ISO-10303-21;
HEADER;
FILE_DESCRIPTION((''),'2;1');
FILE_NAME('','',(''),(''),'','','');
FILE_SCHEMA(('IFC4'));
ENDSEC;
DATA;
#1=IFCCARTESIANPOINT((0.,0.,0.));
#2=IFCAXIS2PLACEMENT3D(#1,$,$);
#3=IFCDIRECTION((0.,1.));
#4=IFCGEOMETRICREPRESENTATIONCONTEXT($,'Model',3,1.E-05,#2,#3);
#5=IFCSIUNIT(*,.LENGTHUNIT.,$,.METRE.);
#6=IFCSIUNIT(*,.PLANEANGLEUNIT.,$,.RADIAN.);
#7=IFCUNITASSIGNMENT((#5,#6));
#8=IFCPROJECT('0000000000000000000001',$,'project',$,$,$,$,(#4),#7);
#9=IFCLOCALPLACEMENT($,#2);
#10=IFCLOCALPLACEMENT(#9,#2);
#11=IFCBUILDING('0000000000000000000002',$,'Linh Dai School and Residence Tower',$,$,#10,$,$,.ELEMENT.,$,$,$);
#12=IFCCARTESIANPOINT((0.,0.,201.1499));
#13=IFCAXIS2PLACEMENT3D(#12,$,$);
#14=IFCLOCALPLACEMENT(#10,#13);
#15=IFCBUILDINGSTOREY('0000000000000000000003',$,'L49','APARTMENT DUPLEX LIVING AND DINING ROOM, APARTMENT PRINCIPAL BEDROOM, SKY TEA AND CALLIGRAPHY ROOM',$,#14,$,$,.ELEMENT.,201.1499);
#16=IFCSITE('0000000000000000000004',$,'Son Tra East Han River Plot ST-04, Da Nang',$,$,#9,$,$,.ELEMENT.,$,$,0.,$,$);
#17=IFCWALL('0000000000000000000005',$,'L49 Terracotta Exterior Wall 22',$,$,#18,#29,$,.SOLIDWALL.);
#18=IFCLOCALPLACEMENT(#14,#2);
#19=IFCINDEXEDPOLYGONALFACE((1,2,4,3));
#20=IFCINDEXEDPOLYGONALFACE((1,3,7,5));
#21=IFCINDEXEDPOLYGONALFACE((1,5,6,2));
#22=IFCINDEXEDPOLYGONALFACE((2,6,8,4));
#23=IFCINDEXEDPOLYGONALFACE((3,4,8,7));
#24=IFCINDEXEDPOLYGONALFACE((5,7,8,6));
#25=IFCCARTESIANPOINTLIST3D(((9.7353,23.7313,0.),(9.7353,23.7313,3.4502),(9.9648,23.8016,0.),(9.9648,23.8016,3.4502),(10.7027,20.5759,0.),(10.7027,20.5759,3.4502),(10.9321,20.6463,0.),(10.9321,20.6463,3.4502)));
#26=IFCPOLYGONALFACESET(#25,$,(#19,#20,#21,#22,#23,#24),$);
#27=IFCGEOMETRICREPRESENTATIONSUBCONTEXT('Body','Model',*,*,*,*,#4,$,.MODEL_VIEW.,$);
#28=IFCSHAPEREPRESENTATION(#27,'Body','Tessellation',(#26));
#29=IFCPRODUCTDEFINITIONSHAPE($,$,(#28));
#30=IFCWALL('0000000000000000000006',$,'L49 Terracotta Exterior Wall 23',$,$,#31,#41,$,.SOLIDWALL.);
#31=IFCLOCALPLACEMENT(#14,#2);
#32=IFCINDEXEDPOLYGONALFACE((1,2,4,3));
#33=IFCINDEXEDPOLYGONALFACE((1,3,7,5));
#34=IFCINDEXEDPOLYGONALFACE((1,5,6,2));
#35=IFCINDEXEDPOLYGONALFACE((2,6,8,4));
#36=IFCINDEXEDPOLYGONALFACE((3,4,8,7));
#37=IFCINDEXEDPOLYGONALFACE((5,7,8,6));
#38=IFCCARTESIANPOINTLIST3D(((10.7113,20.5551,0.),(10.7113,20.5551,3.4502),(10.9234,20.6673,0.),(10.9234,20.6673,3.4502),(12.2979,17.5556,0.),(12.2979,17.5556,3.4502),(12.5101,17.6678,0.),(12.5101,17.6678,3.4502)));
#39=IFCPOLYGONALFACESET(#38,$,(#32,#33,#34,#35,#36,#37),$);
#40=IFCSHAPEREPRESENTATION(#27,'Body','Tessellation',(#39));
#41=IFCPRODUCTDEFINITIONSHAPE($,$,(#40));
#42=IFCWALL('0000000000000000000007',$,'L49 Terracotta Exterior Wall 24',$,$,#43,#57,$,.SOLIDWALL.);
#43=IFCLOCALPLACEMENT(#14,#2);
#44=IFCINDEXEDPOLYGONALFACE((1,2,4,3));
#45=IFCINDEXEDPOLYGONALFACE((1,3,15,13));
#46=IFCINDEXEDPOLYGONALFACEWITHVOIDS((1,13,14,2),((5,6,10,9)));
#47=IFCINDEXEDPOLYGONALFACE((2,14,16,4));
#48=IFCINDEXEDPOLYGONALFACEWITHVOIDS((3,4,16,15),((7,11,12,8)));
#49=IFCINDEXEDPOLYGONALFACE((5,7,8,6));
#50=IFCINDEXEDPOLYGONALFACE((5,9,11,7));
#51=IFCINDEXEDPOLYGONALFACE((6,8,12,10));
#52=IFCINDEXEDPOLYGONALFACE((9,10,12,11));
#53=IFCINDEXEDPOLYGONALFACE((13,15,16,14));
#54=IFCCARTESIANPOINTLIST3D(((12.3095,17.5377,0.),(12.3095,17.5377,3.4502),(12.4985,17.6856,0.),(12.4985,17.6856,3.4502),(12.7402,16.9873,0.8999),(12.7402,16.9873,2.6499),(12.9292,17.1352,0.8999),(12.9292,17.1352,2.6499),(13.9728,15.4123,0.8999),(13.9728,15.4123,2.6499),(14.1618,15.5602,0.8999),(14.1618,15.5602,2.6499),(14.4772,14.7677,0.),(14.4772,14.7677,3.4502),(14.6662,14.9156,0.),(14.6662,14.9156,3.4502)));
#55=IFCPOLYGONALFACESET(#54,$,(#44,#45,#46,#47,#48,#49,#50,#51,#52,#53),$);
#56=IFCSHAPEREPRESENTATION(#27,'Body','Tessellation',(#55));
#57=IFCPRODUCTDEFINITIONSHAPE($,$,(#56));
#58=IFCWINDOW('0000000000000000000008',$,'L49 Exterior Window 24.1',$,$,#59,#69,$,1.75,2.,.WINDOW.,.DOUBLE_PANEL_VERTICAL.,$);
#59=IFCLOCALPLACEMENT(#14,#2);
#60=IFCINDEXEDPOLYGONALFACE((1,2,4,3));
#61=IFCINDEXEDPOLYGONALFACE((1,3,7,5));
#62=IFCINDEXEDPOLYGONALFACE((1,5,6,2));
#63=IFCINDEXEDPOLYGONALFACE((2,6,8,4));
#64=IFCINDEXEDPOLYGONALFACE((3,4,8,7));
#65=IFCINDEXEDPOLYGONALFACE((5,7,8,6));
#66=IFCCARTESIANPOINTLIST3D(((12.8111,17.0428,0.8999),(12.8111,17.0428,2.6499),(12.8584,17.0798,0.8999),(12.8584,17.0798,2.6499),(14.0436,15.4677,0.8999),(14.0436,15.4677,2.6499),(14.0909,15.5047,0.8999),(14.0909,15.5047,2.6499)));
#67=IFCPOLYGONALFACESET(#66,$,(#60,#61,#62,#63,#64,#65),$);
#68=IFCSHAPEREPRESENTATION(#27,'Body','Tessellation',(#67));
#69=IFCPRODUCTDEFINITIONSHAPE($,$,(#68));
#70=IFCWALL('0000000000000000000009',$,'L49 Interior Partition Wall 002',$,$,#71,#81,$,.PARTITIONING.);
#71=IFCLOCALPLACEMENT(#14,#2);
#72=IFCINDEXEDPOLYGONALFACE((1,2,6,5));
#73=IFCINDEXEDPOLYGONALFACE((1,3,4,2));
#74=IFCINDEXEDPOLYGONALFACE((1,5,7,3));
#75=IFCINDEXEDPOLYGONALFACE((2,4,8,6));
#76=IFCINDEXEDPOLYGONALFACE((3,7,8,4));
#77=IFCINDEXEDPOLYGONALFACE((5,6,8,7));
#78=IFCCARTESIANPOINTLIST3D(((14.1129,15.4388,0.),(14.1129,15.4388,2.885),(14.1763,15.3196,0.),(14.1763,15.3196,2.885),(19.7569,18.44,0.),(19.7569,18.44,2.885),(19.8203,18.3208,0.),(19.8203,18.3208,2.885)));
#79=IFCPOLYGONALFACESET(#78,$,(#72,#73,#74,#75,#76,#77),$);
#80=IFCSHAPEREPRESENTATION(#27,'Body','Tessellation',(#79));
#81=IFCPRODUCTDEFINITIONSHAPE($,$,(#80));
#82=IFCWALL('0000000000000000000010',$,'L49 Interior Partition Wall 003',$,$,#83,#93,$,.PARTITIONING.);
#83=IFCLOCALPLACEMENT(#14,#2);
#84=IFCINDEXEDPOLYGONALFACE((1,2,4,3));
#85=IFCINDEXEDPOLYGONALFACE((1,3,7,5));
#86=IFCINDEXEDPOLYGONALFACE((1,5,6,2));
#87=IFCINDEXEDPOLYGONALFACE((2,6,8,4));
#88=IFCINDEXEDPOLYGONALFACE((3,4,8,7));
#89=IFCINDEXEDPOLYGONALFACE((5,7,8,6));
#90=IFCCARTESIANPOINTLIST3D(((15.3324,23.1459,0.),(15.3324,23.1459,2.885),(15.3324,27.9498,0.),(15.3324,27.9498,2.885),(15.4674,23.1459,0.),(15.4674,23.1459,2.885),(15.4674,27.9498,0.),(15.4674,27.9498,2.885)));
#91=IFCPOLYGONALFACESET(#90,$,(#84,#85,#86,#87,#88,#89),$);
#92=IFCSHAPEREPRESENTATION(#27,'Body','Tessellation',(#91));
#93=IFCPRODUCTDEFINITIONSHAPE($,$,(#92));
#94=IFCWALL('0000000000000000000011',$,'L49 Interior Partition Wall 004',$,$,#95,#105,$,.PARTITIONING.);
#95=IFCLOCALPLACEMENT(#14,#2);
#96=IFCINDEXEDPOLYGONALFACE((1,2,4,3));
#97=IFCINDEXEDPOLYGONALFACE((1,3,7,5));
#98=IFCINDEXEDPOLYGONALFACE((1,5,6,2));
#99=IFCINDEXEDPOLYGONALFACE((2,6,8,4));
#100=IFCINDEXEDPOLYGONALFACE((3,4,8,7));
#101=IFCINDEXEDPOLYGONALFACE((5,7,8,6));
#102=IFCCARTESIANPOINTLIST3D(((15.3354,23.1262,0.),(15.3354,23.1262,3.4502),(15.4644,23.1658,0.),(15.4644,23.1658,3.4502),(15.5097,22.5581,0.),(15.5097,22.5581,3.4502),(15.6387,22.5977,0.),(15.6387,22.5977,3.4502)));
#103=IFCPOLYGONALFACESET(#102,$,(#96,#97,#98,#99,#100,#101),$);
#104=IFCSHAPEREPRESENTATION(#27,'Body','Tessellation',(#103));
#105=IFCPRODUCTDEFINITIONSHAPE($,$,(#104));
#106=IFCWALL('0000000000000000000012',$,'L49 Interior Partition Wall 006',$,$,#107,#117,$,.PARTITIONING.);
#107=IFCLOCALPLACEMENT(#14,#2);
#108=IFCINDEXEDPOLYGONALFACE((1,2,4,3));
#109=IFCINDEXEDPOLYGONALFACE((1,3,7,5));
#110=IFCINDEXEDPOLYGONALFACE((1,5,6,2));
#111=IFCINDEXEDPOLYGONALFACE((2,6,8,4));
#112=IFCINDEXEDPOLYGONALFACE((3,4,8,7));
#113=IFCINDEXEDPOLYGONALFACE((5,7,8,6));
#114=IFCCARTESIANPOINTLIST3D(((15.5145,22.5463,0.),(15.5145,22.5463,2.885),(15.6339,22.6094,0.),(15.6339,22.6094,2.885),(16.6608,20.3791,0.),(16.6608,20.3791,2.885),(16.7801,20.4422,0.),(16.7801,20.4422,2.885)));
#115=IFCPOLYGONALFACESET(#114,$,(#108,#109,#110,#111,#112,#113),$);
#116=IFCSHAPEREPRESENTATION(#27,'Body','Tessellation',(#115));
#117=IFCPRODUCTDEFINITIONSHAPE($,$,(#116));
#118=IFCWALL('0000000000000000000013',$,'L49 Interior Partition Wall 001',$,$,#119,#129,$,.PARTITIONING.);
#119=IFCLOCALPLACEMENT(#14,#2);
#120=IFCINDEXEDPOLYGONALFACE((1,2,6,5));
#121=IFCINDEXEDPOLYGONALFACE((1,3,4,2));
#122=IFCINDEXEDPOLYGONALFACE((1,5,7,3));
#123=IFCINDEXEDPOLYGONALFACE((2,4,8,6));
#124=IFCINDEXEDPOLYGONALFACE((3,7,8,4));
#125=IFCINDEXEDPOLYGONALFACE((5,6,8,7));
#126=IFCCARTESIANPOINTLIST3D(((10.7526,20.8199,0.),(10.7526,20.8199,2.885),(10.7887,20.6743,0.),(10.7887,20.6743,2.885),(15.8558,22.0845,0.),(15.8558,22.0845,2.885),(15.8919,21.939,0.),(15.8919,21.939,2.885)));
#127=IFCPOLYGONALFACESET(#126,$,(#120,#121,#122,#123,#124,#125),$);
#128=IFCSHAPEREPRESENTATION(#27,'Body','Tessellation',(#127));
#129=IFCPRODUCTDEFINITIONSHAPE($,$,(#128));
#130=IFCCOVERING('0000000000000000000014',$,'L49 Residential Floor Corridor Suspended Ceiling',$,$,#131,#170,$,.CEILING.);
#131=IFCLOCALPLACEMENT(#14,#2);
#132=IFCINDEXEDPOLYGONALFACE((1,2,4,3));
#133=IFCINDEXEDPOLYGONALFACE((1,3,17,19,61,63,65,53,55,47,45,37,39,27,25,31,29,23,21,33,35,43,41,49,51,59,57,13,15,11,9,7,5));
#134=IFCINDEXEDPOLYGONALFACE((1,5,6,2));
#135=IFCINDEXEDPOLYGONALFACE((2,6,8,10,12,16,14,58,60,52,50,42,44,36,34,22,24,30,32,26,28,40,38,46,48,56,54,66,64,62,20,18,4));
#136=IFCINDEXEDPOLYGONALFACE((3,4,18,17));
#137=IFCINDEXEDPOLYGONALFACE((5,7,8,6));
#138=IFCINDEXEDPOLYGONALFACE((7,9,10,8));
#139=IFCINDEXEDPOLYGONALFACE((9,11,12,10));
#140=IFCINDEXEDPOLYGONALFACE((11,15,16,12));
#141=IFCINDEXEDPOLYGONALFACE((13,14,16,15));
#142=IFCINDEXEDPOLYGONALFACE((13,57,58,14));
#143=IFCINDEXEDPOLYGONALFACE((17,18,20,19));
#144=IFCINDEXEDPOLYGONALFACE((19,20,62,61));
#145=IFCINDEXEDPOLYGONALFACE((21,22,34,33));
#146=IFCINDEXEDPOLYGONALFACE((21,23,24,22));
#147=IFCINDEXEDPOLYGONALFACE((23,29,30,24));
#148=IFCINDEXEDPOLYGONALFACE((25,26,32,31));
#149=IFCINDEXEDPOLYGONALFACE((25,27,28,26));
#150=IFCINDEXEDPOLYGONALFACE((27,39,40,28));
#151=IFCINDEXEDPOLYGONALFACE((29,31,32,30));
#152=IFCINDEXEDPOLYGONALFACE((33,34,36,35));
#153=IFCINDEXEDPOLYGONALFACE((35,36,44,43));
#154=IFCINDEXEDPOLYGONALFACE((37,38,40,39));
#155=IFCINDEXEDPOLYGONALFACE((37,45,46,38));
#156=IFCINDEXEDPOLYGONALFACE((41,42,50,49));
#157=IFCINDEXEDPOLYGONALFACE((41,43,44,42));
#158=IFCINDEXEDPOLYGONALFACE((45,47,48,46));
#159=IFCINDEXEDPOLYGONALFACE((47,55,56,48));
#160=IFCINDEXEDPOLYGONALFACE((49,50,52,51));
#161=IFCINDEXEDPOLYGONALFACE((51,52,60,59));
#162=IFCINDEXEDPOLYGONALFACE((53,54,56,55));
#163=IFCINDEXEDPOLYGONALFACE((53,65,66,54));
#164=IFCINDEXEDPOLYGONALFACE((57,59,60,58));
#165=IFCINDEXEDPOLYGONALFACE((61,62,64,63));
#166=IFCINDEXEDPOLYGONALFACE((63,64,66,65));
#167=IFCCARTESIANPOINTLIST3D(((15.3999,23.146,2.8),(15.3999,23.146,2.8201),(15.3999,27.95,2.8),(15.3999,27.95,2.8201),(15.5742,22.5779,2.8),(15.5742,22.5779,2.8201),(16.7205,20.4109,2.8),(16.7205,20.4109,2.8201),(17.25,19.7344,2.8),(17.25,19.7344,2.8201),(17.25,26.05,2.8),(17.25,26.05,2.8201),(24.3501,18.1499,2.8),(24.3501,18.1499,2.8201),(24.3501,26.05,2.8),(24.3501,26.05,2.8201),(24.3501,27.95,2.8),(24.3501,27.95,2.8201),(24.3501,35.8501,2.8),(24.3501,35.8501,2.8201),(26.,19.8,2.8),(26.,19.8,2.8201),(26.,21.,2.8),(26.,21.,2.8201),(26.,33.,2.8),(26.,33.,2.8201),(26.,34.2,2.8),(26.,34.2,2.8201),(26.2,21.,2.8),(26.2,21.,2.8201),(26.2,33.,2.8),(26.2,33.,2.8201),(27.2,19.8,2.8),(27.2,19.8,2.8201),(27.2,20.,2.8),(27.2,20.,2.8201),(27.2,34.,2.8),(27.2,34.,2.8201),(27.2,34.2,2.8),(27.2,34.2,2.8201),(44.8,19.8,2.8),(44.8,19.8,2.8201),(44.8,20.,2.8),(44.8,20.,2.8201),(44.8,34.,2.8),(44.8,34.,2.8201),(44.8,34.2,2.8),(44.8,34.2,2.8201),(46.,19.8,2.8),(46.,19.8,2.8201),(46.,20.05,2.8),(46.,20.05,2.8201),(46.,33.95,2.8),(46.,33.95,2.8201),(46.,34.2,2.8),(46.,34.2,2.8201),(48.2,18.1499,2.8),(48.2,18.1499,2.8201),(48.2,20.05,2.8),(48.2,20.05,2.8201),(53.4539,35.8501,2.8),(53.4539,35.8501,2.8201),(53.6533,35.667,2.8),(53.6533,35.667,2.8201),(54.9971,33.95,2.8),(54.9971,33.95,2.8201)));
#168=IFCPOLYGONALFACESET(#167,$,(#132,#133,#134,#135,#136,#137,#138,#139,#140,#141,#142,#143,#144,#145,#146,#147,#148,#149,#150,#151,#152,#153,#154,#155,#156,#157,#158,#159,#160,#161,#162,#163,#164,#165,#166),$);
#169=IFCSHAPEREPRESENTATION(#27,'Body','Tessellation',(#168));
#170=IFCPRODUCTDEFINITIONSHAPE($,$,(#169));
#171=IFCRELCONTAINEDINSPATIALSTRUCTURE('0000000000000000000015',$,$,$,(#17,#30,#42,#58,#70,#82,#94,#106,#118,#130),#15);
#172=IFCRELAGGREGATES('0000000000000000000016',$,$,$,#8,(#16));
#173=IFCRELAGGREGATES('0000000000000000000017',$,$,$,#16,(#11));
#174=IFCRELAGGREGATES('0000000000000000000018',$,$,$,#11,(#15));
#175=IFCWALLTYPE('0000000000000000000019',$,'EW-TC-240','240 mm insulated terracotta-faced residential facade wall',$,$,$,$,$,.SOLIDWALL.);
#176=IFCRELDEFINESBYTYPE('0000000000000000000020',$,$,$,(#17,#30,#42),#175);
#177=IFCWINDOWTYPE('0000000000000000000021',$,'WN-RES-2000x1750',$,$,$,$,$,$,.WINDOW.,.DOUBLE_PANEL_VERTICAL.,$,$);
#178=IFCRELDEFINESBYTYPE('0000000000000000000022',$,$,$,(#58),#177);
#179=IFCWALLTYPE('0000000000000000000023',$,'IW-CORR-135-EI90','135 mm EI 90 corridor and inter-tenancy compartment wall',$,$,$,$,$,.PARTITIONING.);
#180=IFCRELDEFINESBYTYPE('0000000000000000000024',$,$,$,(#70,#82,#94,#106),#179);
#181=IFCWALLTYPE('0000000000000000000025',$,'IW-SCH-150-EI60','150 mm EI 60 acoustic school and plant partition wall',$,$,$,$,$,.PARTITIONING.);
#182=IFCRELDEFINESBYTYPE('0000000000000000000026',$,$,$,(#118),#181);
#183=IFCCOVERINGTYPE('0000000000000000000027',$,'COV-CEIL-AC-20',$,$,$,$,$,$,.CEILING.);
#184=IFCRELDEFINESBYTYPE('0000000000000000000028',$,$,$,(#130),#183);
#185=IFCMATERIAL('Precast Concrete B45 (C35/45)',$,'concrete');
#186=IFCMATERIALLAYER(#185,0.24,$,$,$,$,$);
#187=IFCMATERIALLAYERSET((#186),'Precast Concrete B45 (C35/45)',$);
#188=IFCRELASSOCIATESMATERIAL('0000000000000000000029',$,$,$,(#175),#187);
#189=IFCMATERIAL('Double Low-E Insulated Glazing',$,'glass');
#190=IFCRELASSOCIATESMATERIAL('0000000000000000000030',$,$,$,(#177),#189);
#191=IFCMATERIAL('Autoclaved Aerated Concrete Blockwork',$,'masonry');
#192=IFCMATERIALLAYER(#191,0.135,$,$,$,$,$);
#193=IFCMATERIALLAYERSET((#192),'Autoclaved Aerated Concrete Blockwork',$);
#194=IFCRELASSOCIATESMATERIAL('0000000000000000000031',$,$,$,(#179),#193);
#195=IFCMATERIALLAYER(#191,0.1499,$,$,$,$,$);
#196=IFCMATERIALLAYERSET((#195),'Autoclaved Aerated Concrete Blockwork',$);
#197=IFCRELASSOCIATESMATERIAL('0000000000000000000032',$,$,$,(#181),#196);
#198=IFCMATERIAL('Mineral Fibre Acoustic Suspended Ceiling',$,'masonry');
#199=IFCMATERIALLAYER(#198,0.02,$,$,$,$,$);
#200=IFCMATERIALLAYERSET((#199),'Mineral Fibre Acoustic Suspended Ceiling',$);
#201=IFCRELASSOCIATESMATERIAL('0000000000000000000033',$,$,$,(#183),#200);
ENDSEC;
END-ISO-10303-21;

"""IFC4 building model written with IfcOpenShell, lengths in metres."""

from ifc_helpers import new_model, si_unit, direction, frame, frame_2d, origin, origin_2d, place, context, subcontext, project, spatial, polyline, rectangle, outline, extrude, source, transform, mapped, material, layer, layer_set, type_object, element, fill, save


model = new_model("IFC4")

# Units and contexts
model_context = context("Model", 3, precision=1e-05, world=origin(), true_north=direction((0.0, 1.0)))
body_context = subcontext(model_context, "Body", "Model", "MODEL_VIEW")
ifc_project = project(units=[si_unit("LENGTHUNIT", "METRE"), si_unit("PLANEANGLEUNIT", "RADIAN")], contexts=[model_context])

# Site, building, storey
site_placement = place(None, origin())
site = spatial("IfcSite", under=ifc_project, at=site_placement, Name="Son Tra East Han River Plot ST-04, Da Nang", CompositionType="ELEMENT", RefElevation=0.0)
building_placement = place(site_placement, origin())
building = spatial("IfcBuilding", under=site, at=building_placement, Name="Linh Dai School and Residence Tower", CompositionType="ELEMENT")
storey_placement = place(building_placement, frame((0.0, 0.0, 201.1499)))
storey = spatial("IfcBuildingStorey", under=building, at=storey_placement, Name="L49", Description="APARTMENT DUPLEX LIVING AND DINING ROOM, APARTMENT PRINCIPAL BEDROOM, SKY TEA AND CALLIGRAPHY ROOM", CompositionType="ELEMENT", Elevation=201.1499)

# Shared definitions
ifc_material_1 = material(Name="Precast Concrete B45 (C35/45)", Category="concrete")

# Walls
ifc_layer_1 = layer(ifc_material_1, 0.24)
ifc_layer_set_1 = layer_set([ifc_layer_1], Name="Precast Concrete B45 (C35/45)")
wall_type_1 = type_object("IfcWallType", Name="EW-TC-240", Description="240 mm insulated terracotta-faced residential facade wall", PredefinedType="SOLIDWALL", material=ifc_layer_set_1)
wall_1_placement = place(storey_placement, frame((10.8174, 20.6111, 0.0), z_axis=(0.0, 0.0, 1.0), x_axis=(-0.293098, 0.956082, 0.0)))
element("IfcWall", 1, at=wall_1_placement, inside=storey, type_object=wall_type_1, Name="L49 Terracotta Exterior Wall 22", PredefinedType="SOLIDWALL", context=body_context, shape_type="SweptSolid", body=[
    extrude(rectangle(XDim=3.3003, YDim=0.24, at=frame_2d((1.6501, 0.0))), origin(), (0.0, 0.0, 1.0), 3.4502),
])
wall_2_placement = place(storey_placement, frame((12.4041, 17.6116, 0.0), z_axis=(0.0, 0.0, 1.0), x_axis=(-0.467587, 0.883947, 0.0)))
element("IfcWall", 2, at=wall_2_placement, inside=storey, type_object=wall_type_1, Name="L49 Terracotta Exterior Wall 23", PredefinedType="SOLIDWALL", context=body_context, shape_type="SweptSolid", body=[
    extrude(rectangle(XDim=3.3933, YDim=0.24, at=frame_2d((1.6968, 0.0))), origin(), (0.0, 0.0, 1.0), 3.4502),
])

# Wall, opening, window
wall_3_placement = place(storey_placement, frame((14.5718, 14.8416, 0.0), z_axis=(0.0, 0.0, 1.0), x_axis=(-0.616288, 0.787521, 0.0)))
wall_3 = element("IfcWall", 3, at=wall_3_placement, inside=storey, type_object=wall_type_1, Name="L49 Terracotta Exterior Wall 24", PredefinedType="SOLIDWALL", context=body_context, shape_type="SweptSolid", body=[
    extrude(rectangle(XDim=3.5173, YDim=0.24, at=frame_2d((1.7588, 0.0))), origin(), (0.0, 0.0, 1.0), 3.4502),
])
opening_placement = place(wall_3_placement, frame((0.8186, 0.0, 0.8999)))
opening = element("IfcOpeningElement", 4, at=opening_placement, cuts=wall_3, PredefinedType="OPENING", context=body_context, shape_type="SweptSolid", body=[
    extrude(rectangle(XDim=2.0, YDim=1.75, at=origin_2d()), frame((1.0, 0.1299, 0.875), z_axis=(0.0, -1.0, 0.0), x_axis=(1.0, 0.0, 0.0)), (0.0, 0.0, 1.0), 0.26),
])
ifc_material_2 = material(Name="Double Low-E Insulated Glazing", Category="glass")
window_type = type_object("IfcWindowType", Name="WN-RES-2000x1750", PartitioningType="DOUBLE_PANEL_VERTICAL", PredefinedType="WINDOW", material=ifc_material_2)
shared_shape_1 = source(origin(), body_context, "Body", "SweptSolid", [
    extrude(rectangle(XDim=2.0, YDim=1.75, at=origin_2d()), frame((1.0, 0.03, 0.875), z_axis=(0.0, -1.0, 0.0), x_axis=(1.0, 0.0, 0.0)), (0.0, 0.0, 1.0), 0.0601),
])
window_placement = place(opening_placement, origin())
window = element("IfcWindow", 5, at=window_placement, inside=storey, type_object=window_type, Name="L49 Exterior Window 24.1", OverallHeight=1.75, OverallWidth=2.0, PartitioningType="DOUBLE_PANEL_VERTICAL", PredefinedType="WINDOW", context=body_context, shape_type="MappedRepresentation", body=[
    mapped(shared_shape_1, transform((0.0, 0.0, 0.0), x_axis=(1.0, 0.0, 0.0), y_axis=(0.0, 1.0, 0.0), z_axis=(0.0, 0.0, 1.0), scale=1.0)),
])
fill(opening, window)

# Walls
ifc_material_3 = material(Name="Autoclaved Aerated Concrete Blockwork", Category="masonry")
ifc_layer_2 = layer(ifc_material_3, 0.135)
ifc_layer_set_2 = layer_set([ifc_layer_2], Name="Autoclaved Aerated Concrete Blockwork")
wall_type_2 = type_object("IfcWallType", Name="IW-CORR-135-EI90", Description="135 mm EI 90 corridor and inter-tenancy compartment wall", PredefinedType="PARTITIONING", material=ifc_layer_set_2)
wall_4_placement = place(storey_placement, frame((14.1445, 15.3792, 0.0), z_axis=(0.0, 0.0, 1.0), x_axis=(0.882933, 0.4695, 0.0)))
element("IfcWall", 6, at=wall_4_placement, inside=storey, type_object=wall_type_2, Name="L49 Interior Partition Wall 002", PredefinedType="PARTITIONING", context=body_context, shape_type="SweptSolid", body=[
    extrude(rectangle(XDim=6.3923, YDim=0.135, at=frame_2d((3.1963, 0.0))), origin(), (0.0, 0.0, 1.0), 2.885),
])
wall_5_placement = place(storey_placement, frame((15.3999, 23.146, 0.0), z_axis=(0.0, 0.0, 1.0), x_axis=(0.0, 1.0, 0.0)))
element("IfcWall", 7, at=wall_5_placement, inside=storey, type_object=wall_type_2, Name="L49 Interior Partition Wall 003", PredefinedType="PARTITIONING", context=body_context, shape_type="SweptSolid", body=[
    extrude(rectangle(XDim=4.804, YDim=0.135, at=frame_2d((2.4019, 0.0))), origin(), (0.0, 0.0, 1.0), 2.885),
])
wall_6_placement = place(storey_placement, frame((15.3999, 23.146, 0.0), z_axis=(0.0, 0.0, 1.0), x_axis=(0.293335, -0.95601, 0.0)))
element("IfcWall", 8, at=wall_6_placement, inside=storey, type_object=wall_type_2, Name="L49 Interior Partition Wall 004", PredefinedType="PARTITIONING", context=body_context, shape_type="SweptSolid", body=[
    extrude(rectangle(XDim=0.5942, YDim=0.135, at=frame_2d((0.2971, 0.0))), origin(), (0.0, 0.0, 1.0), 3.4502),
])
wall_7_placement = place(storey_placement, frame((15.5742, 22.5779, 0.0), z_axis=(0.0, 0.0, 1.0), x_axis=(0.467531, -0.883977, 0.0)))
element("IfcWall", 9, at=wall_7_placement, inside=storey, type_object=wall_type_2, Name="L49 Interior Partition Wall 006", PredefinedType="PARTITIONING", context=body_context, shape_type="SweptSolid", body=[
    extrude(rectangle(XDim=2.4517, YDim=0.135, at=frame_2d((1.2258, 0.0))), origin(), (0.0, 0.0, 1.0), 2.885),
])
ifc_layer_3 = layer(ifc_material_3, 0.1499)
ifc_layer_set_3 = layer_set([ifc_layer_3], Name="Autoclaved Aerated Concrete Blockwork")
wall_type_3 = type_object("IfcWallType", Name="IW-SCH-150-EI60", Description="150 mm EI 60 acoustic school and plant partition wall", PredefinedType="PARTITIONING", material=ifc_layer_set_3)
wall_8_placement = place(storey_placement, frame((10.7705, 20.7471, 0.0), z_axis=(0.0, 0.0, 1.0), x_axis=(0.97064, 0.240536, 0.0)))
element("IfcWall", 10, at=wall_8_placement, inside=storey, type_object=wall_type_3, Name="L49 Interior Partition Wall 001", PredefinedType="PARTITIONING", context=body_context, shape_type="SweptSolid", body=[
    extrude(rectangle(XDim=5.2576, YDim=0.1499, at=frame_2d((2.6289, 0.0))), origin(), (0.0, 0.0, 1.0), 2.885),
])

# Covering
ifc_material_4 = material(Name="Mineral Fibre Acoustic Suspended Ceiling", Category="masonry")
ifc_layer_4 = layer(ifc_material_4, 0.02)
ifc_layer_set_4 = layer_set([ifc_layer_4], Name="Mineral Fibre Acoustic Suspended Ceiling")
covering_type_1 = type_object("IfcCoveringType", Name="COV-CEIL-AC-20", PredefinedType="CEILING", material=ifc_layer_set_4)
covering_1_placement = place(storey_placement, frame((0.0, 0.0, 2.8)))
element("IfcCovering", 11, at=covering_1_placement, inside=storey, type_object=covering_type_1, Name="L49 Residential Floor Corridor Suspended Ceiling", PredefinedType="CEILING", context=body_context, shape_type="SweptSolid", body=[
    extrude(outline(polyline([(17.25, 19.7344), (16.7205, 20.4109), (15.5742, 22.5779), (15.3999, 23.146), (15.3999, 27.95), (24.3501, 27.95), (24.3501, 35.8501), (53.4539, 35.8501), (53.6533, 35.667), (54.9971, 33.95), (46.0, 33.95), (46.0, 34.2), (44.8, 34.2), (44.8, 34.0), (27.2, 34.0), (27.2, 34.2), (26.0, 34.2), (26.0, 33.0), (26.2, 33.0), (26.2, 21.0), (26.0, 21.0), (26.0, 19.8), (27.2, 19.8), (27.2, 20.0), (44.8, 20.0), (44.8, 19.8), (46.0, 19.8), (46.0, 20.05), (48.2, 20.05), (48.2, 18.1499), (24.3501, 18.1499), (24.3501, 26.05), (17.25, 26.05), (17.25, 19.7344)])), origin(), (0.0, 0.0, 1.0), 0.02),
])

save(model, "model.ifc")
